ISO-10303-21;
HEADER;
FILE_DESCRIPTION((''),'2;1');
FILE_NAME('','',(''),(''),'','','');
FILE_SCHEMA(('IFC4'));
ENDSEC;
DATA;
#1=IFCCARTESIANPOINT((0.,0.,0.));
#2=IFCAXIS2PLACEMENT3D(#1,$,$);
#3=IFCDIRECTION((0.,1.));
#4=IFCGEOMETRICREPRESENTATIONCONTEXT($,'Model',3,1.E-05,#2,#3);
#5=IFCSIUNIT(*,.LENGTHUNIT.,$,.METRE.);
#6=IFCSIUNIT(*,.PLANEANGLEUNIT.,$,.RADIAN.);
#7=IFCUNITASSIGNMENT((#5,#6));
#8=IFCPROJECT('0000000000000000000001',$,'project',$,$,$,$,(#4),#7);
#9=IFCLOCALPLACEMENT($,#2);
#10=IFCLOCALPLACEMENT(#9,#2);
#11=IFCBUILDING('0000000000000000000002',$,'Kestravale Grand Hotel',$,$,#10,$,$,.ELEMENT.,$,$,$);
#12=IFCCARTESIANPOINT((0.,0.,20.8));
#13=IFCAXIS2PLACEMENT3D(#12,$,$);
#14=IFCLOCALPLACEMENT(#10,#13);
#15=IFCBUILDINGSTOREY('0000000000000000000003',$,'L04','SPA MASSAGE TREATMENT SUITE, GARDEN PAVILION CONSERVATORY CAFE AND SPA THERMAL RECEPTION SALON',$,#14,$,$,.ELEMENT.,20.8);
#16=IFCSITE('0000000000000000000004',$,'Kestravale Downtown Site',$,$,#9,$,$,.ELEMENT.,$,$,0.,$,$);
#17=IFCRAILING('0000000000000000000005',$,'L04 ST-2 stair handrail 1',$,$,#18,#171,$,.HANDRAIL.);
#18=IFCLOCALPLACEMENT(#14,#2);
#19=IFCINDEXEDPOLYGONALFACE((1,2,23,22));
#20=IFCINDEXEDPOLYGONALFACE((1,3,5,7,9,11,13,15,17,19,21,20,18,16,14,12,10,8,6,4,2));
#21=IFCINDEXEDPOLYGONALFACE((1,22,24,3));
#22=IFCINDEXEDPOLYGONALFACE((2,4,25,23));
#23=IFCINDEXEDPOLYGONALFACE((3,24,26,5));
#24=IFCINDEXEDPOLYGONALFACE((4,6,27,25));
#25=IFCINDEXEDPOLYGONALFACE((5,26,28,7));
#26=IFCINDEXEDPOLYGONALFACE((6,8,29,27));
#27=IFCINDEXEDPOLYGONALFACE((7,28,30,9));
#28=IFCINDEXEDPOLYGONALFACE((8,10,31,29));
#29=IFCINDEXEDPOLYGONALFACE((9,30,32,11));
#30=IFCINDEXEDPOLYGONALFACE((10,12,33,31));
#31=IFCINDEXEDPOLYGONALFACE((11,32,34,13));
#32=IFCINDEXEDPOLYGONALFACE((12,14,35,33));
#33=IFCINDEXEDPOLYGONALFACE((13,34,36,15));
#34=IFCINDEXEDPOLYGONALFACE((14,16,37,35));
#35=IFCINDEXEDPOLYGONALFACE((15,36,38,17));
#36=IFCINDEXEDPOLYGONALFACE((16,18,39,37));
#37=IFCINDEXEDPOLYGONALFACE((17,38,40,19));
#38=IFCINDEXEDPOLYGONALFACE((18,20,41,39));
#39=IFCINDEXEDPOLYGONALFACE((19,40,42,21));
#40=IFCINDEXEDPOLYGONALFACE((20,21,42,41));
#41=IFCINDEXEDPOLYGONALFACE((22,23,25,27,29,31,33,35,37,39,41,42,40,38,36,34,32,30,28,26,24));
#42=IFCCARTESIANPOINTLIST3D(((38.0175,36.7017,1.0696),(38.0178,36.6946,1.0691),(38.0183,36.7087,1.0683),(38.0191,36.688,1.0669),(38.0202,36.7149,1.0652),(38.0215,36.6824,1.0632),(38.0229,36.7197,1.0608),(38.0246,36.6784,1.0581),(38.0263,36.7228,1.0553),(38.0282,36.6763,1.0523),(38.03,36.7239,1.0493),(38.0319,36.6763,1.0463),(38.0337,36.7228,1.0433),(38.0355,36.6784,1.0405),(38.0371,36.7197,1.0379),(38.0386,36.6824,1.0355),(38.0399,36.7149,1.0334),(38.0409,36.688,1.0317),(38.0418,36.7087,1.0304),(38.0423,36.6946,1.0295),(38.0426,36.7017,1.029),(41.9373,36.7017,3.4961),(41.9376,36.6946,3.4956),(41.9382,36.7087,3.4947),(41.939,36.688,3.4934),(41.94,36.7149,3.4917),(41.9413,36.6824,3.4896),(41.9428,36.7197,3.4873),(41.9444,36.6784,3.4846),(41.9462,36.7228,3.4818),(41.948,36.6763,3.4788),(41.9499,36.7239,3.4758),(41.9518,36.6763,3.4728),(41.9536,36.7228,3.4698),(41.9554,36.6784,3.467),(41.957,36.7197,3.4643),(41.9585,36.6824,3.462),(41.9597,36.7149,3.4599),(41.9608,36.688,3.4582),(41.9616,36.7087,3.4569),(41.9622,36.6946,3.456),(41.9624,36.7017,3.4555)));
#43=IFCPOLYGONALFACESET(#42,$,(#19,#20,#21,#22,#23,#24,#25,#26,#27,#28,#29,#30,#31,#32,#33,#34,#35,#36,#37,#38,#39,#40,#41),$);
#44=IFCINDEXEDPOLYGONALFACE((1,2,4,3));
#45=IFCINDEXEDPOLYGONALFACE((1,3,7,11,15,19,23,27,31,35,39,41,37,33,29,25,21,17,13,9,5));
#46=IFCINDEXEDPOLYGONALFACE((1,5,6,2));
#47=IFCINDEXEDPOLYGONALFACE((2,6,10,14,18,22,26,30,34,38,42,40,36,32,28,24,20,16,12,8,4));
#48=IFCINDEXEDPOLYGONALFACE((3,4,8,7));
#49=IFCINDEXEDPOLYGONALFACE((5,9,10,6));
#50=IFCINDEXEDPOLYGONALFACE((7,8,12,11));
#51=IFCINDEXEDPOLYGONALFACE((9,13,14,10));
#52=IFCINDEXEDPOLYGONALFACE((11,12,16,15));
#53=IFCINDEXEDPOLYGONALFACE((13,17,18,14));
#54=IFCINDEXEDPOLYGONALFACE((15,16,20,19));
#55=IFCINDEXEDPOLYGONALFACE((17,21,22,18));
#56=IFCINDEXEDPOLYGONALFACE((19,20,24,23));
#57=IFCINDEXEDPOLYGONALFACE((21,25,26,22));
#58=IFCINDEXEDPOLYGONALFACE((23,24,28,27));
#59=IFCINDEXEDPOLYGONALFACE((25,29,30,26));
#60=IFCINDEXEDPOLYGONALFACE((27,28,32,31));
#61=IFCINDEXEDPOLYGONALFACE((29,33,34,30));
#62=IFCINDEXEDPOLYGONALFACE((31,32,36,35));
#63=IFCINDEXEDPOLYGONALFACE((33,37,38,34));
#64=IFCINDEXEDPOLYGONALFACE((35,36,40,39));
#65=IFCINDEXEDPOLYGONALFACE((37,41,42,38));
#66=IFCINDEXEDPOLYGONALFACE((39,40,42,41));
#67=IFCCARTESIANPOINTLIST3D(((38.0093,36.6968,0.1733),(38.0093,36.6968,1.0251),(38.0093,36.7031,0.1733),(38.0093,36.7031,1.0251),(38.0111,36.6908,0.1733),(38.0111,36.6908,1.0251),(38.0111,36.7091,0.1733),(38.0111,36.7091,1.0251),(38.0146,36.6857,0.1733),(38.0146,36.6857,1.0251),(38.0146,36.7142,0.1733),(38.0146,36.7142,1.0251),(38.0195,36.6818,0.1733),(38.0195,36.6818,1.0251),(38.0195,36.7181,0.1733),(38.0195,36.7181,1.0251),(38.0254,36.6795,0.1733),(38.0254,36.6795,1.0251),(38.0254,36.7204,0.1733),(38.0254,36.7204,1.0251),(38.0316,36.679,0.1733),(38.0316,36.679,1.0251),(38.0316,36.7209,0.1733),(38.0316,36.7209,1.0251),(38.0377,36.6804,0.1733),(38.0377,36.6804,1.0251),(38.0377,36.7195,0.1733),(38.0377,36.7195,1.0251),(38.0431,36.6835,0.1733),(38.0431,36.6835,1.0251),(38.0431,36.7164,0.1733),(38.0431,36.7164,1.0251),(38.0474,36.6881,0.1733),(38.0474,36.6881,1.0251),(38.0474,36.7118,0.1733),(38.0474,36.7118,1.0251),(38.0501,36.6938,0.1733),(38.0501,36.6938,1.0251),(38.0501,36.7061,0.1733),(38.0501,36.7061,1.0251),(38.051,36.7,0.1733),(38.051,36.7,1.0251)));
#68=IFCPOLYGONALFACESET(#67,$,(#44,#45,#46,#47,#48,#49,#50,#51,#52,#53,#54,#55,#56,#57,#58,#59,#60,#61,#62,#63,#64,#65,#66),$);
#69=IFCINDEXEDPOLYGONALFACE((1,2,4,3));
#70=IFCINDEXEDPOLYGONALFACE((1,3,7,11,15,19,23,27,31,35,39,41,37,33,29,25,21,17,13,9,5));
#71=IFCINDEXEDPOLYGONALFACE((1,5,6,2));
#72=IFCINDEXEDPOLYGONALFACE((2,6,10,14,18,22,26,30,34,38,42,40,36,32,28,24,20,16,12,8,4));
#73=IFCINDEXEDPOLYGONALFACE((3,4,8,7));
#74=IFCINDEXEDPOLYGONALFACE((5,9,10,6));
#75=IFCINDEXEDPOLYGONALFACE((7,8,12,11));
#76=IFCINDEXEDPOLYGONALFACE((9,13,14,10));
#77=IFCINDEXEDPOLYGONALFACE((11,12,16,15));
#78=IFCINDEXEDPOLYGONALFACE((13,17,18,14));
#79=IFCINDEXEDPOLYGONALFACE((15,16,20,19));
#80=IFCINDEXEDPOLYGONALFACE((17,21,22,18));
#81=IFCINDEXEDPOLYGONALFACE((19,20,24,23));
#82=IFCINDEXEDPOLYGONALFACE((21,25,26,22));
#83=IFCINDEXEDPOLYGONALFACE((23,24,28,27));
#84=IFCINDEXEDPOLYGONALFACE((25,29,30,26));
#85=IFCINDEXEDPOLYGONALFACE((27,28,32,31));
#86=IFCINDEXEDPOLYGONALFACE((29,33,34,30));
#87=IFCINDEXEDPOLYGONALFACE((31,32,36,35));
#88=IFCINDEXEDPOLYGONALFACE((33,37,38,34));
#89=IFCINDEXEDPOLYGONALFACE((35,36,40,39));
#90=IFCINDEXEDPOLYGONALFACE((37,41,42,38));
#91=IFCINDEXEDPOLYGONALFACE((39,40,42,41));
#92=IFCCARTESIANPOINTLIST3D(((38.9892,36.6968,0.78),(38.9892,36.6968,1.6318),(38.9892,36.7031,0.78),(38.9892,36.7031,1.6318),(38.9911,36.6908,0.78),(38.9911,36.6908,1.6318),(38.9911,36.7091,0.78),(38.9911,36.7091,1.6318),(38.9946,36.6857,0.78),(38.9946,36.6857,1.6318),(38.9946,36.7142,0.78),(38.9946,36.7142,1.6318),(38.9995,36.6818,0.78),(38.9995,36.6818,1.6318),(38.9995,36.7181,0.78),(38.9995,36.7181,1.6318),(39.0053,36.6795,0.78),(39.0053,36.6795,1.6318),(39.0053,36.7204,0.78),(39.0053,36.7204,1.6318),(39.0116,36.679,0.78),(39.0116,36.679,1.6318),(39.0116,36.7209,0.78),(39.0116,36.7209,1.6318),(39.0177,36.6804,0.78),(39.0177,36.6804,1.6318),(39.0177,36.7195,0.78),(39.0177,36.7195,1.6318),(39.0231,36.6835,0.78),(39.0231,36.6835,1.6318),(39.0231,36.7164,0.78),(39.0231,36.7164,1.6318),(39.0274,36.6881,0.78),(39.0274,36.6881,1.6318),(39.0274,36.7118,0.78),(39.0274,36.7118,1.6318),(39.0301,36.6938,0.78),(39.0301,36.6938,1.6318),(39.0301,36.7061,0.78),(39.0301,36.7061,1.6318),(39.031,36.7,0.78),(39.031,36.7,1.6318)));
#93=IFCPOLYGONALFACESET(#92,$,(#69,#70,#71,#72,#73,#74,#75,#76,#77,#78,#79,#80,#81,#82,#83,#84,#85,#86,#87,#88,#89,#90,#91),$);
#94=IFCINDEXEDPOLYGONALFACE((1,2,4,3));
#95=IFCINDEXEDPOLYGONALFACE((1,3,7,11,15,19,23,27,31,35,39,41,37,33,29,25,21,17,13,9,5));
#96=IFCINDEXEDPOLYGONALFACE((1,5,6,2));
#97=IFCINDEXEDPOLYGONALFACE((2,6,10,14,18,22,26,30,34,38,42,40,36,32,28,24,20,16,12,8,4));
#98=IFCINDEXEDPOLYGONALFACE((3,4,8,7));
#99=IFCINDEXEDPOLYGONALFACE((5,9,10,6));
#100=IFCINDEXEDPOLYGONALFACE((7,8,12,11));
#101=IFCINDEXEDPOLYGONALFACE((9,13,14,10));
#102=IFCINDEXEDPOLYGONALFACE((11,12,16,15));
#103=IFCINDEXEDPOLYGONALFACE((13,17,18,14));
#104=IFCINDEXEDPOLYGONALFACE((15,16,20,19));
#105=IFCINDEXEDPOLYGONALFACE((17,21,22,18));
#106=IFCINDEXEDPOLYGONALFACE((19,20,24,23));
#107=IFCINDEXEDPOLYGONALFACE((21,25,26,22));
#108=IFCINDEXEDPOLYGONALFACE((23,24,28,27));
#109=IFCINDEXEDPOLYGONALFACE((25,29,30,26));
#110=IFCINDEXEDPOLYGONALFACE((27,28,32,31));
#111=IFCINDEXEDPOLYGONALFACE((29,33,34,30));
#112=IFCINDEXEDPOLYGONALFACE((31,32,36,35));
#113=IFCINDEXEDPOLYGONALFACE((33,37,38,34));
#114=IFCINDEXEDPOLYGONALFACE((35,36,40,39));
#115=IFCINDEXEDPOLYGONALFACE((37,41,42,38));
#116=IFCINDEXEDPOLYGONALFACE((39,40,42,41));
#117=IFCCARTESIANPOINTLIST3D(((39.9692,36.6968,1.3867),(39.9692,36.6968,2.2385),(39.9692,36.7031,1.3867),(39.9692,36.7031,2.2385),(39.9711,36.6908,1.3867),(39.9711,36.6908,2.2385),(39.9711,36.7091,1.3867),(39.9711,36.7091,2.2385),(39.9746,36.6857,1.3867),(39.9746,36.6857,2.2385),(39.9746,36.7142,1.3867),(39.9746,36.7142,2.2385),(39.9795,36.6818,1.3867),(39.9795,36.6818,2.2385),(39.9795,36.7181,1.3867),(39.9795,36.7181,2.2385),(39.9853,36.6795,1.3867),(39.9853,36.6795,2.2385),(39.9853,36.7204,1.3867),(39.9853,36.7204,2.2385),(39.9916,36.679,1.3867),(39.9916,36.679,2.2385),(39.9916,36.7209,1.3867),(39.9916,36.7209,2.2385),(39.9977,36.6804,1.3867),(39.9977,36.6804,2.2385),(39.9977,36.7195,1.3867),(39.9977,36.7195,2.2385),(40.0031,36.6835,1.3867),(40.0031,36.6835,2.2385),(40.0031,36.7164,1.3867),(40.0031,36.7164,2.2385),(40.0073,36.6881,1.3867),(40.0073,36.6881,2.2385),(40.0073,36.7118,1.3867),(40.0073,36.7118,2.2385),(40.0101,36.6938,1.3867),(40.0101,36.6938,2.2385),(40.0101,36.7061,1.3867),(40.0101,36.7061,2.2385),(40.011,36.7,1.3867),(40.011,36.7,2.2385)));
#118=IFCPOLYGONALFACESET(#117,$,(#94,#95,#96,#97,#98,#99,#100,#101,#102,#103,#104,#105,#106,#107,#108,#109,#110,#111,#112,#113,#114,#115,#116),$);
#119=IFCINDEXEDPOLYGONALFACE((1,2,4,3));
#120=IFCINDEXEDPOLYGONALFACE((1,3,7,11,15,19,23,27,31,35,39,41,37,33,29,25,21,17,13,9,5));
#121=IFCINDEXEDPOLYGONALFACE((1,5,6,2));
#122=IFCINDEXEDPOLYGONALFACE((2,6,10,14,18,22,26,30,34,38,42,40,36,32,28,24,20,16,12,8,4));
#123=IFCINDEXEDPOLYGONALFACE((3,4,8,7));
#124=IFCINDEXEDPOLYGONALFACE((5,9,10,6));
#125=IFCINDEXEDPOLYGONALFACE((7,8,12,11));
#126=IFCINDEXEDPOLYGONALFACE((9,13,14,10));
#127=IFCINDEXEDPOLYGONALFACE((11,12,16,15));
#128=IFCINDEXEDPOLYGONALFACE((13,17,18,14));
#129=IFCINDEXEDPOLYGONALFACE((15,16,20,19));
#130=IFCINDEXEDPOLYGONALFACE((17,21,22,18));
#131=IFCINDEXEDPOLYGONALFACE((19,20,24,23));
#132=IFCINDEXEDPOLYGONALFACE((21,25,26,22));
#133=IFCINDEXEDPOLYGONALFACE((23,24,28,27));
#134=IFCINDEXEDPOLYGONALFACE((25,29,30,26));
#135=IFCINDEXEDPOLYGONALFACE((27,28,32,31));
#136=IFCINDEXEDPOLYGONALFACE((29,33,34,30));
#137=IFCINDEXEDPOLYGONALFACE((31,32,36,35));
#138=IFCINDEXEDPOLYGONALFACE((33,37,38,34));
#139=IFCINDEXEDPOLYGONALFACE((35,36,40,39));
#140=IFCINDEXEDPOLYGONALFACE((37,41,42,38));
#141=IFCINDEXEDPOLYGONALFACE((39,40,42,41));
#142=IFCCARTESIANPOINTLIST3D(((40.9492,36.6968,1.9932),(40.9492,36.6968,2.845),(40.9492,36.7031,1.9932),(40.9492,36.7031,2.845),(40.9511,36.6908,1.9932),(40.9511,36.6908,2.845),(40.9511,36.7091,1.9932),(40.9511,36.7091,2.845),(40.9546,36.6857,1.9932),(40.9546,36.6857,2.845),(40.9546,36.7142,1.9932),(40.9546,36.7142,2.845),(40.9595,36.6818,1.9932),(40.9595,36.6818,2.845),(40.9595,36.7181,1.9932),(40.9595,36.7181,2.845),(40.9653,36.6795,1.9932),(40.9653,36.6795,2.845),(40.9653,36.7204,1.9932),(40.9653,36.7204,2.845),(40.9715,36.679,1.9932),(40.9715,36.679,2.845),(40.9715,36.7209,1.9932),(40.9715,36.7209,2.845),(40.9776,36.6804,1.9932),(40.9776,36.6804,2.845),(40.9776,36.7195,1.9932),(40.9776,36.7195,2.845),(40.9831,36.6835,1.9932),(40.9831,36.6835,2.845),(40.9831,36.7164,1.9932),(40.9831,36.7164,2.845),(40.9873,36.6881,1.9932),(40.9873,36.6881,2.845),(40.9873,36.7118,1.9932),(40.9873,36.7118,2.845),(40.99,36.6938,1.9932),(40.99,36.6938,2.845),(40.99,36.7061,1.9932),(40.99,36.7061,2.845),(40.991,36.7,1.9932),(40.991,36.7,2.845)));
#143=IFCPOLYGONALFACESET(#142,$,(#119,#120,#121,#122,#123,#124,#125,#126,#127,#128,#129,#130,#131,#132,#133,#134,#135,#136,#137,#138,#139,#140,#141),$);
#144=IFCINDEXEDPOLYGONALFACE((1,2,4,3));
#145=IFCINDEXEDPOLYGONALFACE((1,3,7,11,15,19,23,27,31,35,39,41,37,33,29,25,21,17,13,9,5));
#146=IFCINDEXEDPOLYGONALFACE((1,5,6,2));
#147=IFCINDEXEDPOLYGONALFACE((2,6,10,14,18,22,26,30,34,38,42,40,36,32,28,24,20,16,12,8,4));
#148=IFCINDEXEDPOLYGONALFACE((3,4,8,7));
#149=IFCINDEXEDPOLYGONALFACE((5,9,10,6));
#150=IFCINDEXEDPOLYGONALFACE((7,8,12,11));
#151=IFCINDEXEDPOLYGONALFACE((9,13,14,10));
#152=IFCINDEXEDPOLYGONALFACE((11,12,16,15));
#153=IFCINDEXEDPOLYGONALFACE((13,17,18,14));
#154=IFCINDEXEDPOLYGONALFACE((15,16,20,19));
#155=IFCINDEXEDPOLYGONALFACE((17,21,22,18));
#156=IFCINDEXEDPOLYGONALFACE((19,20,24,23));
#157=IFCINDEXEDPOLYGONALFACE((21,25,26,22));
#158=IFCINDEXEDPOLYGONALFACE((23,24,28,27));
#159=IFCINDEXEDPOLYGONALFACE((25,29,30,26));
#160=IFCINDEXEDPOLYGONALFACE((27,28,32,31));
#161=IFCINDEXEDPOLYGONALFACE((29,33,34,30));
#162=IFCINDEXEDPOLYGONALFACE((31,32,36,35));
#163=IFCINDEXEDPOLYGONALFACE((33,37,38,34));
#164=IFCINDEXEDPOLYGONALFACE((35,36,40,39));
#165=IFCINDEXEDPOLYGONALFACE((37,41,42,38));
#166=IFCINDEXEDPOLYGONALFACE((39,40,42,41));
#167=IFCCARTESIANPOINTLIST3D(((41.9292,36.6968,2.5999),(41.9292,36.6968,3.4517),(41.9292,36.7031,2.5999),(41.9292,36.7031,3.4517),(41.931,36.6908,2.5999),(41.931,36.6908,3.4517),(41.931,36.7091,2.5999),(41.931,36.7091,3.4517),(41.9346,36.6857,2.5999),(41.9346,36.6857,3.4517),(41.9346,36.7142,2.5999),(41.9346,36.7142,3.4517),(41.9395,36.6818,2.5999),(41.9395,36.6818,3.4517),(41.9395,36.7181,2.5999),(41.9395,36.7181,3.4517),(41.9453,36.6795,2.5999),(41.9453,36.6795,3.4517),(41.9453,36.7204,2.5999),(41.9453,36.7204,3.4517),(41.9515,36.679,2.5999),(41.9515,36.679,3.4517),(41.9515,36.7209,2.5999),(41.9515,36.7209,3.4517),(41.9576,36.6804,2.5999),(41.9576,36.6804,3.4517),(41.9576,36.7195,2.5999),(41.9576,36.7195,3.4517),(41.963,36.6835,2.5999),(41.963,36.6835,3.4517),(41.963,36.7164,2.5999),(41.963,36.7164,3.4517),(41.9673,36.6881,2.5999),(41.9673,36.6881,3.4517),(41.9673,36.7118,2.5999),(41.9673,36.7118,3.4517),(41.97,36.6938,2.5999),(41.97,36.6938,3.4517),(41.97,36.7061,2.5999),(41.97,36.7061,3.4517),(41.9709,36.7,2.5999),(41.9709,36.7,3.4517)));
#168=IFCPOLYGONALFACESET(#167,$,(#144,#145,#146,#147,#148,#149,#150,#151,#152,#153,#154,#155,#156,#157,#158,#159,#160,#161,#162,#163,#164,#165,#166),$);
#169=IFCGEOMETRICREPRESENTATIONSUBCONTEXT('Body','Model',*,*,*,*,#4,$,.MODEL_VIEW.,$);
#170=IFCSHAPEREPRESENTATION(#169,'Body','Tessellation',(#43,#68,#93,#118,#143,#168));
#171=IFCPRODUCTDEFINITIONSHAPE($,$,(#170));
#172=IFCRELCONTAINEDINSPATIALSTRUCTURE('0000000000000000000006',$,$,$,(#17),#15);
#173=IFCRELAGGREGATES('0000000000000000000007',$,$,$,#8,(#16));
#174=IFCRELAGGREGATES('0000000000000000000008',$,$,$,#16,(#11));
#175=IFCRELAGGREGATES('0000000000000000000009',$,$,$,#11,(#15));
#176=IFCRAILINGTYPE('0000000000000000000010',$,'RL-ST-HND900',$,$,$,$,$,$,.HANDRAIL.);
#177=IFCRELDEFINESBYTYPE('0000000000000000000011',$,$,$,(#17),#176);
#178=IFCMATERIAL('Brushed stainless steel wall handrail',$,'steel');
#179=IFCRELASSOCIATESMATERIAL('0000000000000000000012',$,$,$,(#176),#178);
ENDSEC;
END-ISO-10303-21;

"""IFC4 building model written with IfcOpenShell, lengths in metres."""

from ifc_helpers import new_model, si_unit, direction, frame, origin, origin_2d, place, context, subcontext, project, spatial, circle, extrude, material, type_object, element, save


model = new_model("IFC4")

# Units and contexts
model_context = context("Model", 3, precision=1e-05, world=origin(), true_north=direction((0.0, 1.0)))
body_context = subcontext(model_context, "Body", "Model", "MODEL_VIEW")
ifc_project = project(units=[si_unit("LENGTHUNIT", "METRE"), si_unit("PLANEANGLEUNIT", "RADIAN")], contexts=[model_context])

# Site, building, storey
site_placement = place(None, origin())
site = spatial("IfcSite", under=ifc_project, at=site_placement, Name="Kestravale Downtown Site", CompositionType="ELEMENT", RefElevation=0.0)
building_placement = place(site_placement, origin())
building = spatial("IfcBuilding", under=site, at=building_placement, Name="Kestravale Grand Hotel", CompositionType="ELEMENT")
storey_placement = place(building_placement, frame((0.0, 0.0, 20.8)))
storey = spatial("IfcBuildingStorey", under=building, at=storey_placement, Name="L04", Description="SPA MASSAGE TREATMENT SUITE, GARDEN PAVILION CONSERVATORY CAFE AND SPA THERMAL RECEPTION SALON", CompositionType="ELEMENT", Elevation=20.8)

# Railing
ifc_material_1 = material(Name="Brushed stainless steel wall handrail", Category="steel")
railing_type = type_object("IfcRailingType", Name="RL-ST-HND900", PredefinedType="HANDRAIL", material=ifc_material_1)
railing_1_placement = place(storey_placement, frame((38.03, 36.7, 0.1733)))
element("IfcRailing", 1, at=railing_1_placement, inside=storey, type_object=railing_type, Name="L04 ST-2 stair handrail 1", PredefinedType="HANDRAIL", context=body_context, shape_type="SweptSolid", body=[
    extrude(circle(Radius=0.0239, at=origin_2d()), frame((0.0, 0.0, 0.876), z_axis=(0.850275, 0.0, 0.526338), x_axis=(0.0, 1.0, 0.0)), (0.0, 0.0, 1.0), 4.6101),
    extrude(circle(Radius=0.021, at=origin_2d()), origin(), (0.0, 0.0, 1.0), 0.8518),
    extrude(circle(Radius=0.021, at=origin_2d()), frame((0.98, 0.0, 0.6067)), (0.0, 0.0, 1.0), 0.8518),
    extrude(circle(Radius=0.021, at=origin_2d()), frame((1.96, 0.0, 1.2134)), (0.0, 0.0, 1.0), 0.8518),
    extrude(circle(Radius=0.021, at=origin_2d()), frame((2.9399, 0.0, 1.8198)), (0.0, 0.0, 1.0), 0.8518),
    extrude(circle(Radius=0.021, at=origin_2d()), frame((3.9199, 0.0, 2.4265)), (0.0, 0.0, 1.0), 0.8518),
])

save(model, "model.ifc")
